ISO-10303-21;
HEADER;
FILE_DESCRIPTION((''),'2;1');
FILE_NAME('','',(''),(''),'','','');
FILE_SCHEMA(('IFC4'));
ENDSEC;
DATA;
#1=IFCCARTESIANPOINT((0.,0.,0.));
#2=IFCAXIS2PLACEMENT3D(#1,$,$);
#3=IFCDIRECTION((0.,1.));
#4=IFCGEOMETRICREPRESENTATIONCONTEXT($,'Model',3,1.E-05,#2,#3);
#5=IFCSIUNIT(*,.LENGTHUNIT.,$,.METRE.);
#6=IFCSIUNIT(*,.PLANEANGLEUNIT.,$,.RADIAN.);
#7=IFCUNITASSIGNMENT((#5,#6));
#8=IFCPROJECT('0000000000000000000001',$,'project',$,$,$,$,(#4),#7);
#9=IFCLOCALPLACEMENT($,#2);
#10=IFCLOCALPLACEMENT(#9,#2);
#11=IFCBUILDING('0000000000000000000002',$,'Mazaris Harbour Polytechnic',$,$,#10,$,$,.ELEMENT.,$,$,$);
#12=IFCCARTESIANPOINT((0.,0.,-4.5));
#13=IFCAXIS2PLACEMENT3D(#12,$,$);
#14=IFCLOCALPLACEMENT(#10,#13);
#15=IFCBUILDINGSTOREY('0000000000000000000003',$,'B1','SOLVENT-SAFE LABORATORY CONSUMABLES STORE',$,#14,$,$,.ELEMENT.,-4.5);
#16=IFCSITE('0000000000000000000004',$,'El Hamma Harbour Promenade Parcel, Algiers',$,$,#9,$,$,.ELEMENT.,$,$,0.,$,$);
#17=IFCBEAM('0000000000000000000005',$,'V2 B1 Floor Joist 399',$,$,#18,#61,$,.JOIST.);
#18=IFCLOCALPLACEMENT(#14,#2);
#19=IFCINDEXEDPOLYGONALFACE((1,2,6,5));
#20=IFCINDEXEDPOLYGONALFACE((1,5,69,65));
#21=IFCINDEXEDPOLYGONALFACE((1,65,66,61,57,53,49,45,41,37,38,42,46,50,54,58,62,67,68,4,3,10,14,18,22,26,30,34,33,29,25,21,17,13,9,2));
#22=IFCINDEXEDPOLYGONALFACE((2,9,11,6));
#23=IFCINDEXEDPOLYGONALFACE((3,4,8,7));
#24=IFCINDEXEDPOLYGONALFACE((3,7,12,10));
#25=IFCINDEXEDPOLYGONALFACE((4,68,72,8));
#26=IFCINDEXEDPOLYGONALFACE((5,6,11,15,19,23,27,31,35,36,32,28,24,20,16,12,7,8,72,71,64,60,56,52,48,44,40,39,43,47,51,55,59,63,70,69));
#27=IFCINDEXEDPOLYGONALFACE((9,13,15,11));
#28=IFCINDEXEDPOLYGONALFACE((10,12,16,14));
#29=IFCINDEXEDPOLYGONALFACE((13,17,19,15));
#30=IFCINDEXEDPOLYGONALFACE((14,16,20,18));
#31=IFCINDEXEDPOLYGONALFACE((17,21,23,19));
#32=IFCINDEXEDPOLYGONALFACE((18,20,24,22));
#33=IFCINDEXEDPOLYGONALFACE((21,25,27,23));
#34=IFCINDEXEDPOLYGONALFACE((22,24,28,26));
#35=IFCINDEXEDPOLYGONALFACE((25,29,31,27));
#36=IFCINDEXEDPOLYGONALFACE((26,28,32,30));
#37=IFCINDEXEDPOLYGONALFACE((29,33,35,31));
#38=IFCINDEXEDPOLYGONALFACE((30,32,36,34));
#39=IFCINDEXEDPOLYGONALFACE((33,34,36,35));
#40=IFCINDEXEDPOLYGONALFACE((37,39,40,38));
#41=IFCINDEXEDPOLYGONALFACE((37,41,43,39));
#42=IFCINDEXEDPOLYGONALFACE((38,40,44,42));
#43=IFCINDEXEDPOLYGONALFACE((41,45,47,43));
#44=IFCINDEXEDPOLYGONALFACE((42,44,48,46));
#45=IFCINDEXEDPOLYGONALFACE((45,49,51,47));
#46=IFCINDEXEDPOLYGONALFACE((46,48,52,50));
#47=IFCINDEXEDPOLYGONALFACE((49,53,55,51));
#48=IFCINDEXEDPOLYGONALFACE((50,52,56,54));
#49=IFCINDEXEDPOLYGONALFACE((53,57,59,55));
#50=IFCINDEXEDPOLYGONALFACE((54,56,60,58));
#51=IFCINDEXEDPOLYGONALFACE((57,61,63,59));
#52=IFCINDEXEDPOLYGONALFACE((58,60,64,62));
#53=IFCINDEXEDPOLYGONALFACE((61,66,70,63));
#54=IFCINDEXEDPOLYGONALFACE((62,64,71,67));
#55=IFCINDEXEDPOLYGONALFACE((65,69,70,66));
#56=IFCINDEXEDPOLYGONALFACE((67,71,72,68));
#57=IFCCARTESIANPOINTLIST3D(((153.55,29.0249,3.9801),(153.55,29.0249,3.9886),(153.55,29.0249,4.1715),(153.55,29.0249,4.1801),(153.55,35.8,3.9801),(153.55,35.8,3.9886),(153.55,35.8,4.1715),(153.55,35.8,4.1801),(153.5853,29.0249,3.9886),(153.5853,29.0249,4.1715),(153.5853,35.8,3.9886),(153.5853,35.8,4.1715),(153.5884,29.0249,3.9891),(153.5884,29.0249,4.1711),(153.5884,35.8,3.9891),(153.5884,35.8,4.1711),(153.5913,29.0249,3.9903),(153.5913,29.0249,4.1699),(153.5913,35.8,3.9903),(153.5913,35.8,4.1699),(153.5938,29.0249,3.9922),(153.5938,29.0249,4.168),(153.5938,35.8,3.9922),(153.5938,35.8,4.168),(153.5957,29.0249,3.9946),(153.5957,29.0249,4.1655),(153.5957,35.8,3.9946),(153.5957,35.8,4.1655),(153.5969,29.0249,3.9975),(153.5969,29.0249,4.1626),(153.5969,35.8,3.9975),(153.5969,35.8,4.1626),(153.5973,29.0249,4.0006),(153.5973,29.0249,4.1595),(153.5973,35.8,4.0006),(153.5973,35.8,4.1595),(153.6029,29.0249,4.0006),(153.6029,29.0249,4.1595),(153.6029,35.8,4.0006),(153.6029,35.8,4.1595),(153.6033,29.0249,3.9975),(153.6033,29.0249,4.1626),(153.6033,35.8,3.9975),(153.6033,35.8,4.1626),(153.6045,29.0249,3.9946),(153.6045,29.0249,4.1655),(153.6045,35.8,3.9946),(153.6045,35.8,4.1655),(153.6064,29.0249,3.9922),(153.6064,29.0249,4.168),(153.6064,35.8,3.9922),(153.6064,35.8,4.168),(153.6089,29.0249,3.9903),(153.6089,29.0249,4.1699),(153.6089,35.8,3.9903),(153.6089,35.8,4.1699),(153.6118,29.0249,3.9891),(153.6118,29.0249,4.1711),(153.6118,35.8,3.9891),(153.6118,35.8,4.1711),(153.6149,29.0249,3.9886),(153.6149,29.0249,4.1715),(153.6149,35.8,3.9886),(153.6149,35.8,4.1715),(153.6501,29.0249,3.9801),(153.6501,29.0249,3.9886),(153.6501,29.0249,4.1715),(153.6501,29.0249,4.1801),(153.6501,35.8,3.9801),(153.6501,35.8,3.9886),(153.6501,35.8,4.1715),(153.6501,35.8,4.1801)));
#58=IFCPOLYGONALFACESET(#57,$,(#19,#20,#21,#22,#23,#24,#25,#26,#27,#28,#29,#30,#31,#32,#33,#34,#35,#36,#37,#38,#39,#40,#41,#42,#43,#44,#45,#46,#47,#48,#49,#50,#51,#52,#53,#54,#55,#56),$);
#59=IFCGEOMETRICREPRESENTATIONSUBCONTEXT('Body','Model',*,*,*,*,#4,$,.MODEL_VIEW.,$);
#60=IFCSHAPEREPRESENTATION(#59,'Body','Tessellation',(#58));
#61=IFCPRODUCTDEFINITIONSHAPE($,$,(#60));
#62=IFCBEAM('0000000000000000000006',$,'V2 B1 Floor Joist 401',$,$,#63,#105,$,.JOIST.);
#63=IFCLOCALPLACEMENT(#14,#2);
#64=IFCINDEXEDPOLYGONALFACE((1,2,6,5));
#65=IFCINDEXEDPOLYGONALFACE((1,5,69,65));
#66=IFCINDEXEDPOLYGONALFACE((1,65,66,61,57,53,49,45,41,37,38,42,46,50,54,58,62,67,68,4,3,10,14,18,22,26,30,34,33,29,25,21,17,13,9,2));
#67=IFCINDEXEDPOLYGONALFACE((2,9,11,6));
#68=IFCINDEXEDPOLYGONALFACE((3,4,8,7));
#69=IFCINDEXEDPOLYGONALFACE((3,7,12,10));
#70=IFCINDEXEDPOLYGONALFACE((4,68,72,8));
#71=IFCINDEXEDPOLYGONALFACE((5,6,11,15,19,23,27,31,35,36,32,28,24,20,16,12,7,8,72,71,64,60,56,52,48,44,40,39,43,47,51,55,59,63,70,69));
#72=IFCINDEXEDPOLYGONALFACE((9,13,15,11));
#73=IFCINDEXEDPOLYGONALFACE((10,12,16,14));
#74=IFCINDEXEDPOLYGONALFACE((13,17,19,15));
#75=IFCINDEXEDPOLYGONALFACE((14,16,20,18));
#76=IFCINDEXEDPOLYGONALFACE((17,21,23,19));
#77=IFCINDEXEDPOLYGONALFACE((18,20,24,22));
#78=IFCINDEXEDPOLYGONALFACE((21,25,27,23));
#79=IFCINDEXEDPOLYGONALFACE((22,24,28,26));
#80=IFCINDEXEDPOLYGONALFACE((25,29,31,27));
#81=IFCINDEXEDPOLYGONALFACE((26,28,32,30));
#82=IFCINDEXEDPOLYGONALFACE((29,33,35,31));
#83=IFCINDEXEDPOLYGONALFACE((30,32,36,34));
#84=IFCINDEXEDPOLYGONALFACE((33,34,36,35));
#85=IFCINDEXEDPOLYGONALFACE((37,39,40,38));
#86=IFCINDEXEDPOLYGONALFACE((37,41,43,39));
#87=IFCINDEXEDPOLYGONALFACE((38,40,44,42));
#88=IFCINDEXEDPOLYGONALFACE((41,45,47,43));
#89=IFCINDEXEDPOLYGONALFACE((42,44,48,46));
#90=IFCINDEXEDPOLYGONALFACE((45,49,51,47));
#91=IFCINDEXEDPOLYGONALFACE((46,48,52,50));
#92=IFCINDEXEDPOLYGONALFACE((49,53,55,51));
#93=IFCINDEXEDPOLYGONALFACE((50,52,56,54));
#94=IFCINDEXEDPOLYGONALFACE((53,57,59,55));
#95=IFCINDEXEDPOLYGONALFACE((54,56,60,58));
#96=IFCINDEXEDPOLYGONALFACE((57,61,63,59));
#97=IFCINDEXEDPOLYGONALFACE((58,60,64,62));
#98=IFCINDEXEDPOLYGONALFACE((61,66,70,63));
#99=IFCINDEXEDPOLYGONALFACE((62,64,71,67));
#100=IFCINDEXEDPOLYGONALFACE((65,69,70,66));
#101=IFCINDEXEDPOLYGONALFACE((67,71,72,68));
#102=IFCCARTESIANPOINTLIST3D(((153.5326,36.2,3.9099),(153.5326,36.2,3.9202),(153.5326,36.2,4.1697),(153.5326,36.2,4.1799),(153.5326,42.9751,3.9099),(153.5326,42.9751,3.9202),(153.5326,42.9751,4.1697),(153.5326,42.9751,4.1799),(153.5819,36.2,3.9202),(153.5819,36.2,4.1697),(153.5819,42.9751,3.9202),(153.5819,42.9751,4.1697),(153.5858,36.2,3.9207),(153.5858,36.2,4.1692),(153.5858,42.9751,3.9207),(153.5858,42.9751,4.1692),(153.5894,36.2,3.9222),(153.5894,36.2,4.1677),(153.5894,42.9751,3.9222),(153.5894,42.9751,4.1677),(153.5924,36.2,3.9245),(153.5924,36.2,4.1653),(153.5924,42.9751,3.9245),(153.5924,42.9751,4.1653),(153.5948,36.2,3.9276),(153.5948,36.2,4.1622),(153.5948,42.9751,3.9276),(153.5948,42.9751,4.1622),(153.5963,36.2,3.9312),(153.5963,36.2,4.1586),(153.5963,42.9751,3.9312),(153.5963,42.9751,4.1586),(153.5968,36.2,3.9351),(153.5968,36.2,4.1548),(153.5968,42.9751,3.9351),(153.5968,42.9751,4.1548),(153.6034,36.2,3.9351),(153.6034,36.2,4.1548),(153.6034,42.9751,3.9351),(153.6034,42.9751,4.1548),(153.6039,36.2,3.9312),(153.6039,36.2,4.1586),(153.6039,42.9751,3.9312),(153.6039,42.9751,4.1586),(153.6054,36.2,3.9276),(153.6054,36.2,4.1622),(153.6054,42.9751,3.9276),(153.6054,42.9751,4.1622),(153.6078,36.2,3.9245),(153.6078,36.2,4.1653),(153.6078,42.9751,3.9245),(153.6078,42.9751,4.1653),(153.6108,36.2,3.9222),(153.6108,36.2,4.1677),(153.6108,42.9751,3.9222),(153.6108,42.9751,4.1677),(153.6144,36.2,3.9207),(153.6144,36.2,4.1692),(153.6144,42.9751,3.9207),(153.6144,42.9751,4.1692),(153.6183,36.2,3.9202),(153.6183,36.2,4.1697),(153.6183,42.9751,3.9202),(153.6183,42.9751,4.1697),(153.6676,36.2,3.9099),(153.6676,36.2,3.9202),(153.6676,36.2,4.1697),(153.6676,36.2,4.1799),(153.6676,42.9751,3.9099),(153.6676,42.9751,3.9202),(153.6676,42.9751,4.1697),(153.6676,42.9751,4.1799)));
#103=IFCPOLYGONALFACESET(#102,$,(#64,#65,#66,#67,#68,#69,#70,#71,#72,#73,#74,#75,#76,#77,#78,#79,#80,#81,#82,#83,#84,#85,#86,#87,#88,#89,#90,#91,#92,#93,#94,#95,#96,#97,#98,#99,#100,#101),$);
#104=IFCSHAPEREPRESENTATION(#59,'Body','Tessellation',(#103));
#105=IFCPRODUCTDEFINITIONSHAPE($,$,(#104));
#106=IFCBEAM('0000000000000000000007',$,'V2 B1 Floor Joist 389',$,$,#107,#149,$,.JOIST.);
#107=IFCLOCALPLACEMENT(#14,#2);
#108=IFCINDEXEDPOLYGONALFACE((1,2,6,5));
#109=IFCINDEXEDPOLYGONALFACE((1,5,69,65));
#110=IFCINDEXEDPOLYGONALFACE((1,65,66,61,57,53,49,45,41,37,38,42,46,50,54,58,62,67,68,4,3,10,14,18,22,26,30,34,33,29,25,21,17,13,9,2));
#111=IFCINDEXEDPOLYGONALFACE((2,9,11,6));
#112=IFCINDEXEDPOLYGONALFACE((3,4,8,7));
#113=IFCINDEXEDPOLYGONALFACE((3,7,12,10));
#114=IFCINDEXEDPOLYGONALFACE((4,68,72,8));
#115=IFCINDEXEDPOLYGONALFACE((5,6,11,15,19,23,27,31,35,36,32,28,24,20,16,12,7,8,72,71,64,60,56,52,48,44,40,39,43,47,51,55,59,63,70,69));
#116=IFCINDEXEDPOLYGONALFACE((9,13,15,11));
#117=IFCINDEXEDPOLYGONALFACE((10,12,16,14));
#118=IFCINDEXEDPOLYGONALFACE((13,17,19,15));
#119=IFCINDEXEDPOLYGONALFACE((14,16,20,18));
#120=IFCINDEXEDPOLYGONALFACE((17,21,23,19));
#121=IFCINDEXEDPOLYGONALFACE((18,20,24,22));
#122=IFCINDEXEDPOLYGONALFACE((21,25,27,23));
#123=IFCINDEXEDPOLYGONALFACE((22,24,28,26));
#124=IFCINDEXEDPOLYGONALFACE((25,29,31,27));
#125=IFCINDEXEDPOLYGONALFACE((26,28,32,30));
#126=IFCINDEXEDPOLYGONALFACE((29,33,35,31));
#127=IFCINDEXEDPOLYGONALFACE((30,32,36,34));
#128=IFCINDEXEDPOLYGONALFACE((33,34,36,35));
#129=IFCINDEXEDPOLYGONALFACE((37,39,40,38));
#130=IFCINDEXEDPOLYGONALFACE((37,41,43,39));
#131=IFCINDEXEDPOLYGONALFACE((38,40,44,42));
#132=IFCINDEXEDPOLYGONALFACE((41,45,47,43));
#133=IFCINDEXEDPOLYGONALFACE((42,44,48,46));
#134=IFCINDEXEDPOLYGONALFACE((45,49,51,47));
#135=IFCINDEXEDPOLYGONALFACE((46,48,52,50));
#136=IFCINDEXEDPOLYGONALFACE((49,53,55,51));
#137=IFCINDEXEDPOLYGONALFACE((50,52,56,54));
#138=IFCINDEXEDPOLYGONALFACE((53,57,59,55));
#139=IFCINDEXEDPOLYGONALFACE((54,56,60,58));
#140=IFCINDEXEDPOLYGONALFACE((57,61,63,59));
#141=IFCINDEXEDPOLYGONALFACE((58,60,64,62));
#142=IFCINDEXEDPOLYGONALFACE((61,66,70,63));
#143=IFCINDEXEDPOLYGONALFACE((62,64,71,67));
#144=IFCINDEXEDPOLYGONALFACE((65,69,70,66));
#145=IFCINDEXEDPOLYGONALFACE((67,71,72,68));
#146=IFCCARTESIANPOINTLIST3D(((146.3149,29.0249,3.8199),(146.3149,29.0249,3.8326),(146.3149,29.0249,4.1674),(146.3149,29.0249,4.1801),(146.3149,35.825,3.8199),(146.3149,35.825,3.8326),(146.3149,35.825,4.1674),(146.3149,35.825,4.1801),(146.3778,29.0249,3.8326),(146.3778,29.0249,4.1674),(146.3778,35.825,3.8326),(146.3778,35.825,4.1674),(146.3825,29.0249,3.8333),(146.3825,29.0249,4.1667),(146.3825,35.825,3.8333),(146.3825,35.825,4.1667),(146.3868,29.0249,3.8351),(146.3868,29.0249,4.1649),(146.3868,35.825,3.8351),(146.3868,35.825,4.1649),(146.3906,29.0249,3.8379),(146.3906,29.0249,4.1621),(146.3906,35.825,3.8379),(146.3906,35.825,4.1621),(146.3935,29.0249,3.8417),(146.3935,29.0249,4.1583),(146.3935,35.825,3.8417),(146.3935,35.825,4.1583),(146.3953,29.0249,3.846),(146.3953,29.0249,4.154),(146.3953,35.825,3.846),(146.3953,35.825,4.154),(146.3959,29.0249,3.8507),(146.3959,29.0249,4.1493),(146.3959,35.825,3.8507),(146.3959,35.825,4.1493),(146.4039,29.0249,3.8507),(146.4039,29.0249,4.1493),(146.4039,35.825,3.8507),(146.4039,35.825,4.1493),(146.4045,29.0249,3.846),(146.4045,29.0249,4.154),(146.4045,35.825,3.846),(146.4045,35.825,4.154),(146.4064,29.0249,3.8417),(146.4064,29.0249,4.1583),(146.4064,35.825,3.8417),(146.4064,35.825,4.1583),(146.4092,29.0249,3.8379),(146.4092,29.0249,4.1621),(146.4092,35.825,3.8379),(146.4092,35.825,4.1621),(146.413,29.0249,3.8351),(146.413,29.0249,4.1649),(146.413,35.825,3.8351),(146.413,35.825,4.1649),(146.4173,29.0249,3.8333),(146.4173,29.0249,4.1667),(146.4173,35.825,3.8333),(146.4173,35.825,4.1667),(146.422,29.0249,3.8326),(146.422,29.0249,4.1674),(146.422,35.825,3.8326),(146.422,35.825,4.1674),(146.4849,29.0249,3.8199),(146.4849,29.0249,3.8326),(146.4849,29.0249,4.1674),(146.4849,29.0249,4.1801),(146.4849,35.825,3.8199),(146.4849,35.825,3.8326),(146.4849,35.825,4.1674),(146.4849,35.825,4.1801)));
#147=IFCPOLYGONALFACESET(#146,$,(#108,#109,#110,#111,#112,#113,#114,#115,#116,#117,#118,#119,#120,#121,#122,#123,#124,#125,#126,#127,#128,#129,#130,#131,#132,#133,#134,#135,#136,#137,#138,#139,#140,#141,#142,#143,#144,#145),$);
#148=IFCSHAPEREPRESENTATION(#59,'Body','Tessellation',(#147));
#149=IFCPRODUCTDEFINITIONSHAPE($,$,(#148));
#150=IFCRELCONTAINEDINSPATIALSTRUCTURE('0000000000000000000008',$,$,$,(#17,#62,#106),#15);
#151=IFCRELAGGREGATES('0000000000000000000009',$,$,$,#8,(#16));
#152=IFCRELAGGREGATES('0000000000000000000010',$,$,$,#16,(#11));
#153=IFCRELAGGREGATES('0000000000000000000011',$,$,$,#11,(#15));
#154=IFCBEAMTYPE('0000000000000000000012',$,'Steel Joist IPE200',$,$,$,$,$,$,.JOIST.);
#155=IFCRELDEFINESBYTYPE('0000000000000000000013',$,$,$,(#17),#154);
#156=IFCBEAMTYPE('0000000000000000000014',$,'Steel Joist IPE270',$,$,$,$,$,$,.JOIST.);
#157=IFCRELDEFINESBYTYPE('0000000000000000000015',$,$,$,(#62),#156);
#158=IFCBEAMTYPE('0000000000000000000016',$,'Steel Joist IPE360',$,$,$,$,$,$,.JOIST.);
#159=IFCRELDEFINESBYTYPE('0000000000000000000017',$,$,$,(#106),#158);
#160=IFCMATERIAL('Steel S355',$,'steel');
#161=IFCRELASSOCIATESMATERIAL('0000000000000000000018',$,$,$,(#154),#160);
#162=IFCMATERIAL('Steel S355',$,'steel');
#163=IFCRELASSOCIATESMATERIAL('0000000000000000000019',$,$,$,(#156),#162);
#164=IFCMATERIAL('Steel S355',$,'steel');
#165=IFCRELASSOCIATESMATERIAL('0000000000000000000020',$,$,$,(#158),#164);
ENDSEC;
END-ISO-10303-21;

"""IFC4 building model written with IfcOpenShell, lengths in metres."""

from ifc_helpers import new_model, si_unit, direction, frame, origin, origin_2d, place, context, subcontext, project, spatial, i_section, extrude, material, material_profile, profile_set, type_object, element, save


model = new_model("IFC4")

# Units and contexts
model_context = context("Model", 3, precision=1e-05, world=origin(), true_north=direction((0.0, 1.0)))
body_context = subcontext(model_context, "Body", "Model", "MODEL_VIEW")
ifc_project = project(units=[si_unit("LENGTHUNIT", "METRE"), si_unit("PLANEANGLEUNIT", "RADIAN")], contexts=[model_context])

# Site, building, storey
site_placement = place(None, origin())
site = spatial("IfcSite", under=ifc_project, at=site_placement, Name="El Hamma Harbour Promenade Parcel, Algiers", CompositionType="ELEMENT", RefElevation=0.0)
building_placement = place(site_placement, origin())
building = spatial("IfcBuilding", under=site, at=building_placement, Name="Mazaris Harbour Polytechnic", CompositionType="ELEMENT")
storey_placement = place(building_placement, frame((0.0, 0.0, -4.5)))
storey = spatial("IfcBuildingStorey", under=building, at=storey_placement, Name="B1", Description="SOLVENT-SAFE LABORATORY CONSUMABLES STORE", CompositionType="ELEMENT", Elevation=-4.5)

# Beams
ifc_material_1 = material(Name="Steel S355", Category="steel")
ifc_material_profile_1 = material_profile(ifc_material_1, i_section(OverallWidth=0.1001, OverallDepth=0.2, WebThickness=0.0056, FlangeThickness=0.0085, FilletRadius=0.012, at=origin_2d()), Name="IPE 200")
ifc_profile_set_1 = profile_set([ifc_material_profile_1], Name="Steel S355")
beam_type_1 = type_object("IfcBeamType", Name="Steel Joist IPE200", PredefinedType="JOIST", material=ifc_profile_set_1)
beam_1_placement = place(storey_placement, frame((153.6001, 29.0249, 4.0801), z_axis=(0.0, 1.0, 0.0), x_axis=(-1.0, 0.0, 0.0)))
element("IfcBeam", 1, at=beam_1_placement, inside=storey, type_object=beam_type_1, Name="V2 B1 Floor Joist 399", PredefinedType="JOIST", context=body_context, shape_type="SweptSolid", body=[
    extrude(i_section(OverallWidth=0.1001, OverallDepth=0.2, WebThickness=0.0056, FlangeThickness=0.0085, FilletRadius=0.012, at=origin_2d()), origin(), (0.0, 0.0, 1.0), 6.7751),
])
ifc_material_2 = material(Name="Steel S355", Category="steel")
ifc_material_profile_2 = material_profile(ifc_material_2, i_section(OverallWidth=0.135, OverallDepth=0.27, WebThickness=0.0066, FlangeThickness=0.0103, FilletRadius=0.0149, at=origin_2d()), Name="IPE 270")
ifc_profile_set_2 = profile_set([ifc_material_profile_2], Name="Steel S355")
beam_type_2 = type_object("IfcBeamType", Name="Steel Joist IPE270", PredefinedType="JOIST", material=ifc_profile_set_2)
beam_2_placement = place(storey_placement, frame((153.6001, 36.2, 4.0449), z_axis=(0.0, 1.0, 0.0), x_axis=(-1.0, 0.0, 0.0)))
element("IfcBeam", 2, at=beam_2_placement, inside=storey, type_object=beam_type_2, Name="V2 B1 Floor Joist 401", PredefinedType="JOIST", context=body_context, shape_type="SweptSolid", body=[
    extrude(i_section(OverallWidth=0.135, OverallDepth=0.27, WebThickness=0.0066, FlangeThickness=0.0103, FilletRadius=0.0149, at=origin_2d()), origin(), (0.0, 0.0, 1.0), 6.7751),
])
ifc_material_3 = material(Name="Steel S355", Category="steel")
ifc_material_profile_3 = material_profile(ifc_material_3, i_section(OverallWidth=0.1699, OverallDepth=0.3601, WebThickness=0.0081, FlangeThickness=0.0127, FilletRadius=0.0181, at=origin_2d()), Name="IPE 360")
ifc_profile_set_3 = profile_set([ifc_material_profile_3], Name="Steel S355")
beam_type_3 = type_object("IfcBeamType", Name="Steel Joist IPE360", PredefinedType="JOIST", material=ifc_profile_set_3)
beam_3_placement = place(storey_placement, frame((146.3999, 29.0249, 4.0), z_axis=(0.0, 1.0, 0.0), x_axis=(-1.0, 0.0, 0.0)))
element("IfcBeam", 3, at=beam_3_placement, inside=storey, type_object=beam_type_3, Name="V2 B1 Floor Joist 389", PredefinedType="JOIST", context=body_context, shape_type="SweptSolid", body=[
    extrude(i_section(OverallWidth=0.1699, OverallDepth=0.3601, WebThickness=0.0081, FlangeThickness=0.0127, FilletRadius=0.0181, at=origin_2d()), origin(), (0.0, 0.0, 1.0), 6.8),
])

save(model, "model.ifc")
